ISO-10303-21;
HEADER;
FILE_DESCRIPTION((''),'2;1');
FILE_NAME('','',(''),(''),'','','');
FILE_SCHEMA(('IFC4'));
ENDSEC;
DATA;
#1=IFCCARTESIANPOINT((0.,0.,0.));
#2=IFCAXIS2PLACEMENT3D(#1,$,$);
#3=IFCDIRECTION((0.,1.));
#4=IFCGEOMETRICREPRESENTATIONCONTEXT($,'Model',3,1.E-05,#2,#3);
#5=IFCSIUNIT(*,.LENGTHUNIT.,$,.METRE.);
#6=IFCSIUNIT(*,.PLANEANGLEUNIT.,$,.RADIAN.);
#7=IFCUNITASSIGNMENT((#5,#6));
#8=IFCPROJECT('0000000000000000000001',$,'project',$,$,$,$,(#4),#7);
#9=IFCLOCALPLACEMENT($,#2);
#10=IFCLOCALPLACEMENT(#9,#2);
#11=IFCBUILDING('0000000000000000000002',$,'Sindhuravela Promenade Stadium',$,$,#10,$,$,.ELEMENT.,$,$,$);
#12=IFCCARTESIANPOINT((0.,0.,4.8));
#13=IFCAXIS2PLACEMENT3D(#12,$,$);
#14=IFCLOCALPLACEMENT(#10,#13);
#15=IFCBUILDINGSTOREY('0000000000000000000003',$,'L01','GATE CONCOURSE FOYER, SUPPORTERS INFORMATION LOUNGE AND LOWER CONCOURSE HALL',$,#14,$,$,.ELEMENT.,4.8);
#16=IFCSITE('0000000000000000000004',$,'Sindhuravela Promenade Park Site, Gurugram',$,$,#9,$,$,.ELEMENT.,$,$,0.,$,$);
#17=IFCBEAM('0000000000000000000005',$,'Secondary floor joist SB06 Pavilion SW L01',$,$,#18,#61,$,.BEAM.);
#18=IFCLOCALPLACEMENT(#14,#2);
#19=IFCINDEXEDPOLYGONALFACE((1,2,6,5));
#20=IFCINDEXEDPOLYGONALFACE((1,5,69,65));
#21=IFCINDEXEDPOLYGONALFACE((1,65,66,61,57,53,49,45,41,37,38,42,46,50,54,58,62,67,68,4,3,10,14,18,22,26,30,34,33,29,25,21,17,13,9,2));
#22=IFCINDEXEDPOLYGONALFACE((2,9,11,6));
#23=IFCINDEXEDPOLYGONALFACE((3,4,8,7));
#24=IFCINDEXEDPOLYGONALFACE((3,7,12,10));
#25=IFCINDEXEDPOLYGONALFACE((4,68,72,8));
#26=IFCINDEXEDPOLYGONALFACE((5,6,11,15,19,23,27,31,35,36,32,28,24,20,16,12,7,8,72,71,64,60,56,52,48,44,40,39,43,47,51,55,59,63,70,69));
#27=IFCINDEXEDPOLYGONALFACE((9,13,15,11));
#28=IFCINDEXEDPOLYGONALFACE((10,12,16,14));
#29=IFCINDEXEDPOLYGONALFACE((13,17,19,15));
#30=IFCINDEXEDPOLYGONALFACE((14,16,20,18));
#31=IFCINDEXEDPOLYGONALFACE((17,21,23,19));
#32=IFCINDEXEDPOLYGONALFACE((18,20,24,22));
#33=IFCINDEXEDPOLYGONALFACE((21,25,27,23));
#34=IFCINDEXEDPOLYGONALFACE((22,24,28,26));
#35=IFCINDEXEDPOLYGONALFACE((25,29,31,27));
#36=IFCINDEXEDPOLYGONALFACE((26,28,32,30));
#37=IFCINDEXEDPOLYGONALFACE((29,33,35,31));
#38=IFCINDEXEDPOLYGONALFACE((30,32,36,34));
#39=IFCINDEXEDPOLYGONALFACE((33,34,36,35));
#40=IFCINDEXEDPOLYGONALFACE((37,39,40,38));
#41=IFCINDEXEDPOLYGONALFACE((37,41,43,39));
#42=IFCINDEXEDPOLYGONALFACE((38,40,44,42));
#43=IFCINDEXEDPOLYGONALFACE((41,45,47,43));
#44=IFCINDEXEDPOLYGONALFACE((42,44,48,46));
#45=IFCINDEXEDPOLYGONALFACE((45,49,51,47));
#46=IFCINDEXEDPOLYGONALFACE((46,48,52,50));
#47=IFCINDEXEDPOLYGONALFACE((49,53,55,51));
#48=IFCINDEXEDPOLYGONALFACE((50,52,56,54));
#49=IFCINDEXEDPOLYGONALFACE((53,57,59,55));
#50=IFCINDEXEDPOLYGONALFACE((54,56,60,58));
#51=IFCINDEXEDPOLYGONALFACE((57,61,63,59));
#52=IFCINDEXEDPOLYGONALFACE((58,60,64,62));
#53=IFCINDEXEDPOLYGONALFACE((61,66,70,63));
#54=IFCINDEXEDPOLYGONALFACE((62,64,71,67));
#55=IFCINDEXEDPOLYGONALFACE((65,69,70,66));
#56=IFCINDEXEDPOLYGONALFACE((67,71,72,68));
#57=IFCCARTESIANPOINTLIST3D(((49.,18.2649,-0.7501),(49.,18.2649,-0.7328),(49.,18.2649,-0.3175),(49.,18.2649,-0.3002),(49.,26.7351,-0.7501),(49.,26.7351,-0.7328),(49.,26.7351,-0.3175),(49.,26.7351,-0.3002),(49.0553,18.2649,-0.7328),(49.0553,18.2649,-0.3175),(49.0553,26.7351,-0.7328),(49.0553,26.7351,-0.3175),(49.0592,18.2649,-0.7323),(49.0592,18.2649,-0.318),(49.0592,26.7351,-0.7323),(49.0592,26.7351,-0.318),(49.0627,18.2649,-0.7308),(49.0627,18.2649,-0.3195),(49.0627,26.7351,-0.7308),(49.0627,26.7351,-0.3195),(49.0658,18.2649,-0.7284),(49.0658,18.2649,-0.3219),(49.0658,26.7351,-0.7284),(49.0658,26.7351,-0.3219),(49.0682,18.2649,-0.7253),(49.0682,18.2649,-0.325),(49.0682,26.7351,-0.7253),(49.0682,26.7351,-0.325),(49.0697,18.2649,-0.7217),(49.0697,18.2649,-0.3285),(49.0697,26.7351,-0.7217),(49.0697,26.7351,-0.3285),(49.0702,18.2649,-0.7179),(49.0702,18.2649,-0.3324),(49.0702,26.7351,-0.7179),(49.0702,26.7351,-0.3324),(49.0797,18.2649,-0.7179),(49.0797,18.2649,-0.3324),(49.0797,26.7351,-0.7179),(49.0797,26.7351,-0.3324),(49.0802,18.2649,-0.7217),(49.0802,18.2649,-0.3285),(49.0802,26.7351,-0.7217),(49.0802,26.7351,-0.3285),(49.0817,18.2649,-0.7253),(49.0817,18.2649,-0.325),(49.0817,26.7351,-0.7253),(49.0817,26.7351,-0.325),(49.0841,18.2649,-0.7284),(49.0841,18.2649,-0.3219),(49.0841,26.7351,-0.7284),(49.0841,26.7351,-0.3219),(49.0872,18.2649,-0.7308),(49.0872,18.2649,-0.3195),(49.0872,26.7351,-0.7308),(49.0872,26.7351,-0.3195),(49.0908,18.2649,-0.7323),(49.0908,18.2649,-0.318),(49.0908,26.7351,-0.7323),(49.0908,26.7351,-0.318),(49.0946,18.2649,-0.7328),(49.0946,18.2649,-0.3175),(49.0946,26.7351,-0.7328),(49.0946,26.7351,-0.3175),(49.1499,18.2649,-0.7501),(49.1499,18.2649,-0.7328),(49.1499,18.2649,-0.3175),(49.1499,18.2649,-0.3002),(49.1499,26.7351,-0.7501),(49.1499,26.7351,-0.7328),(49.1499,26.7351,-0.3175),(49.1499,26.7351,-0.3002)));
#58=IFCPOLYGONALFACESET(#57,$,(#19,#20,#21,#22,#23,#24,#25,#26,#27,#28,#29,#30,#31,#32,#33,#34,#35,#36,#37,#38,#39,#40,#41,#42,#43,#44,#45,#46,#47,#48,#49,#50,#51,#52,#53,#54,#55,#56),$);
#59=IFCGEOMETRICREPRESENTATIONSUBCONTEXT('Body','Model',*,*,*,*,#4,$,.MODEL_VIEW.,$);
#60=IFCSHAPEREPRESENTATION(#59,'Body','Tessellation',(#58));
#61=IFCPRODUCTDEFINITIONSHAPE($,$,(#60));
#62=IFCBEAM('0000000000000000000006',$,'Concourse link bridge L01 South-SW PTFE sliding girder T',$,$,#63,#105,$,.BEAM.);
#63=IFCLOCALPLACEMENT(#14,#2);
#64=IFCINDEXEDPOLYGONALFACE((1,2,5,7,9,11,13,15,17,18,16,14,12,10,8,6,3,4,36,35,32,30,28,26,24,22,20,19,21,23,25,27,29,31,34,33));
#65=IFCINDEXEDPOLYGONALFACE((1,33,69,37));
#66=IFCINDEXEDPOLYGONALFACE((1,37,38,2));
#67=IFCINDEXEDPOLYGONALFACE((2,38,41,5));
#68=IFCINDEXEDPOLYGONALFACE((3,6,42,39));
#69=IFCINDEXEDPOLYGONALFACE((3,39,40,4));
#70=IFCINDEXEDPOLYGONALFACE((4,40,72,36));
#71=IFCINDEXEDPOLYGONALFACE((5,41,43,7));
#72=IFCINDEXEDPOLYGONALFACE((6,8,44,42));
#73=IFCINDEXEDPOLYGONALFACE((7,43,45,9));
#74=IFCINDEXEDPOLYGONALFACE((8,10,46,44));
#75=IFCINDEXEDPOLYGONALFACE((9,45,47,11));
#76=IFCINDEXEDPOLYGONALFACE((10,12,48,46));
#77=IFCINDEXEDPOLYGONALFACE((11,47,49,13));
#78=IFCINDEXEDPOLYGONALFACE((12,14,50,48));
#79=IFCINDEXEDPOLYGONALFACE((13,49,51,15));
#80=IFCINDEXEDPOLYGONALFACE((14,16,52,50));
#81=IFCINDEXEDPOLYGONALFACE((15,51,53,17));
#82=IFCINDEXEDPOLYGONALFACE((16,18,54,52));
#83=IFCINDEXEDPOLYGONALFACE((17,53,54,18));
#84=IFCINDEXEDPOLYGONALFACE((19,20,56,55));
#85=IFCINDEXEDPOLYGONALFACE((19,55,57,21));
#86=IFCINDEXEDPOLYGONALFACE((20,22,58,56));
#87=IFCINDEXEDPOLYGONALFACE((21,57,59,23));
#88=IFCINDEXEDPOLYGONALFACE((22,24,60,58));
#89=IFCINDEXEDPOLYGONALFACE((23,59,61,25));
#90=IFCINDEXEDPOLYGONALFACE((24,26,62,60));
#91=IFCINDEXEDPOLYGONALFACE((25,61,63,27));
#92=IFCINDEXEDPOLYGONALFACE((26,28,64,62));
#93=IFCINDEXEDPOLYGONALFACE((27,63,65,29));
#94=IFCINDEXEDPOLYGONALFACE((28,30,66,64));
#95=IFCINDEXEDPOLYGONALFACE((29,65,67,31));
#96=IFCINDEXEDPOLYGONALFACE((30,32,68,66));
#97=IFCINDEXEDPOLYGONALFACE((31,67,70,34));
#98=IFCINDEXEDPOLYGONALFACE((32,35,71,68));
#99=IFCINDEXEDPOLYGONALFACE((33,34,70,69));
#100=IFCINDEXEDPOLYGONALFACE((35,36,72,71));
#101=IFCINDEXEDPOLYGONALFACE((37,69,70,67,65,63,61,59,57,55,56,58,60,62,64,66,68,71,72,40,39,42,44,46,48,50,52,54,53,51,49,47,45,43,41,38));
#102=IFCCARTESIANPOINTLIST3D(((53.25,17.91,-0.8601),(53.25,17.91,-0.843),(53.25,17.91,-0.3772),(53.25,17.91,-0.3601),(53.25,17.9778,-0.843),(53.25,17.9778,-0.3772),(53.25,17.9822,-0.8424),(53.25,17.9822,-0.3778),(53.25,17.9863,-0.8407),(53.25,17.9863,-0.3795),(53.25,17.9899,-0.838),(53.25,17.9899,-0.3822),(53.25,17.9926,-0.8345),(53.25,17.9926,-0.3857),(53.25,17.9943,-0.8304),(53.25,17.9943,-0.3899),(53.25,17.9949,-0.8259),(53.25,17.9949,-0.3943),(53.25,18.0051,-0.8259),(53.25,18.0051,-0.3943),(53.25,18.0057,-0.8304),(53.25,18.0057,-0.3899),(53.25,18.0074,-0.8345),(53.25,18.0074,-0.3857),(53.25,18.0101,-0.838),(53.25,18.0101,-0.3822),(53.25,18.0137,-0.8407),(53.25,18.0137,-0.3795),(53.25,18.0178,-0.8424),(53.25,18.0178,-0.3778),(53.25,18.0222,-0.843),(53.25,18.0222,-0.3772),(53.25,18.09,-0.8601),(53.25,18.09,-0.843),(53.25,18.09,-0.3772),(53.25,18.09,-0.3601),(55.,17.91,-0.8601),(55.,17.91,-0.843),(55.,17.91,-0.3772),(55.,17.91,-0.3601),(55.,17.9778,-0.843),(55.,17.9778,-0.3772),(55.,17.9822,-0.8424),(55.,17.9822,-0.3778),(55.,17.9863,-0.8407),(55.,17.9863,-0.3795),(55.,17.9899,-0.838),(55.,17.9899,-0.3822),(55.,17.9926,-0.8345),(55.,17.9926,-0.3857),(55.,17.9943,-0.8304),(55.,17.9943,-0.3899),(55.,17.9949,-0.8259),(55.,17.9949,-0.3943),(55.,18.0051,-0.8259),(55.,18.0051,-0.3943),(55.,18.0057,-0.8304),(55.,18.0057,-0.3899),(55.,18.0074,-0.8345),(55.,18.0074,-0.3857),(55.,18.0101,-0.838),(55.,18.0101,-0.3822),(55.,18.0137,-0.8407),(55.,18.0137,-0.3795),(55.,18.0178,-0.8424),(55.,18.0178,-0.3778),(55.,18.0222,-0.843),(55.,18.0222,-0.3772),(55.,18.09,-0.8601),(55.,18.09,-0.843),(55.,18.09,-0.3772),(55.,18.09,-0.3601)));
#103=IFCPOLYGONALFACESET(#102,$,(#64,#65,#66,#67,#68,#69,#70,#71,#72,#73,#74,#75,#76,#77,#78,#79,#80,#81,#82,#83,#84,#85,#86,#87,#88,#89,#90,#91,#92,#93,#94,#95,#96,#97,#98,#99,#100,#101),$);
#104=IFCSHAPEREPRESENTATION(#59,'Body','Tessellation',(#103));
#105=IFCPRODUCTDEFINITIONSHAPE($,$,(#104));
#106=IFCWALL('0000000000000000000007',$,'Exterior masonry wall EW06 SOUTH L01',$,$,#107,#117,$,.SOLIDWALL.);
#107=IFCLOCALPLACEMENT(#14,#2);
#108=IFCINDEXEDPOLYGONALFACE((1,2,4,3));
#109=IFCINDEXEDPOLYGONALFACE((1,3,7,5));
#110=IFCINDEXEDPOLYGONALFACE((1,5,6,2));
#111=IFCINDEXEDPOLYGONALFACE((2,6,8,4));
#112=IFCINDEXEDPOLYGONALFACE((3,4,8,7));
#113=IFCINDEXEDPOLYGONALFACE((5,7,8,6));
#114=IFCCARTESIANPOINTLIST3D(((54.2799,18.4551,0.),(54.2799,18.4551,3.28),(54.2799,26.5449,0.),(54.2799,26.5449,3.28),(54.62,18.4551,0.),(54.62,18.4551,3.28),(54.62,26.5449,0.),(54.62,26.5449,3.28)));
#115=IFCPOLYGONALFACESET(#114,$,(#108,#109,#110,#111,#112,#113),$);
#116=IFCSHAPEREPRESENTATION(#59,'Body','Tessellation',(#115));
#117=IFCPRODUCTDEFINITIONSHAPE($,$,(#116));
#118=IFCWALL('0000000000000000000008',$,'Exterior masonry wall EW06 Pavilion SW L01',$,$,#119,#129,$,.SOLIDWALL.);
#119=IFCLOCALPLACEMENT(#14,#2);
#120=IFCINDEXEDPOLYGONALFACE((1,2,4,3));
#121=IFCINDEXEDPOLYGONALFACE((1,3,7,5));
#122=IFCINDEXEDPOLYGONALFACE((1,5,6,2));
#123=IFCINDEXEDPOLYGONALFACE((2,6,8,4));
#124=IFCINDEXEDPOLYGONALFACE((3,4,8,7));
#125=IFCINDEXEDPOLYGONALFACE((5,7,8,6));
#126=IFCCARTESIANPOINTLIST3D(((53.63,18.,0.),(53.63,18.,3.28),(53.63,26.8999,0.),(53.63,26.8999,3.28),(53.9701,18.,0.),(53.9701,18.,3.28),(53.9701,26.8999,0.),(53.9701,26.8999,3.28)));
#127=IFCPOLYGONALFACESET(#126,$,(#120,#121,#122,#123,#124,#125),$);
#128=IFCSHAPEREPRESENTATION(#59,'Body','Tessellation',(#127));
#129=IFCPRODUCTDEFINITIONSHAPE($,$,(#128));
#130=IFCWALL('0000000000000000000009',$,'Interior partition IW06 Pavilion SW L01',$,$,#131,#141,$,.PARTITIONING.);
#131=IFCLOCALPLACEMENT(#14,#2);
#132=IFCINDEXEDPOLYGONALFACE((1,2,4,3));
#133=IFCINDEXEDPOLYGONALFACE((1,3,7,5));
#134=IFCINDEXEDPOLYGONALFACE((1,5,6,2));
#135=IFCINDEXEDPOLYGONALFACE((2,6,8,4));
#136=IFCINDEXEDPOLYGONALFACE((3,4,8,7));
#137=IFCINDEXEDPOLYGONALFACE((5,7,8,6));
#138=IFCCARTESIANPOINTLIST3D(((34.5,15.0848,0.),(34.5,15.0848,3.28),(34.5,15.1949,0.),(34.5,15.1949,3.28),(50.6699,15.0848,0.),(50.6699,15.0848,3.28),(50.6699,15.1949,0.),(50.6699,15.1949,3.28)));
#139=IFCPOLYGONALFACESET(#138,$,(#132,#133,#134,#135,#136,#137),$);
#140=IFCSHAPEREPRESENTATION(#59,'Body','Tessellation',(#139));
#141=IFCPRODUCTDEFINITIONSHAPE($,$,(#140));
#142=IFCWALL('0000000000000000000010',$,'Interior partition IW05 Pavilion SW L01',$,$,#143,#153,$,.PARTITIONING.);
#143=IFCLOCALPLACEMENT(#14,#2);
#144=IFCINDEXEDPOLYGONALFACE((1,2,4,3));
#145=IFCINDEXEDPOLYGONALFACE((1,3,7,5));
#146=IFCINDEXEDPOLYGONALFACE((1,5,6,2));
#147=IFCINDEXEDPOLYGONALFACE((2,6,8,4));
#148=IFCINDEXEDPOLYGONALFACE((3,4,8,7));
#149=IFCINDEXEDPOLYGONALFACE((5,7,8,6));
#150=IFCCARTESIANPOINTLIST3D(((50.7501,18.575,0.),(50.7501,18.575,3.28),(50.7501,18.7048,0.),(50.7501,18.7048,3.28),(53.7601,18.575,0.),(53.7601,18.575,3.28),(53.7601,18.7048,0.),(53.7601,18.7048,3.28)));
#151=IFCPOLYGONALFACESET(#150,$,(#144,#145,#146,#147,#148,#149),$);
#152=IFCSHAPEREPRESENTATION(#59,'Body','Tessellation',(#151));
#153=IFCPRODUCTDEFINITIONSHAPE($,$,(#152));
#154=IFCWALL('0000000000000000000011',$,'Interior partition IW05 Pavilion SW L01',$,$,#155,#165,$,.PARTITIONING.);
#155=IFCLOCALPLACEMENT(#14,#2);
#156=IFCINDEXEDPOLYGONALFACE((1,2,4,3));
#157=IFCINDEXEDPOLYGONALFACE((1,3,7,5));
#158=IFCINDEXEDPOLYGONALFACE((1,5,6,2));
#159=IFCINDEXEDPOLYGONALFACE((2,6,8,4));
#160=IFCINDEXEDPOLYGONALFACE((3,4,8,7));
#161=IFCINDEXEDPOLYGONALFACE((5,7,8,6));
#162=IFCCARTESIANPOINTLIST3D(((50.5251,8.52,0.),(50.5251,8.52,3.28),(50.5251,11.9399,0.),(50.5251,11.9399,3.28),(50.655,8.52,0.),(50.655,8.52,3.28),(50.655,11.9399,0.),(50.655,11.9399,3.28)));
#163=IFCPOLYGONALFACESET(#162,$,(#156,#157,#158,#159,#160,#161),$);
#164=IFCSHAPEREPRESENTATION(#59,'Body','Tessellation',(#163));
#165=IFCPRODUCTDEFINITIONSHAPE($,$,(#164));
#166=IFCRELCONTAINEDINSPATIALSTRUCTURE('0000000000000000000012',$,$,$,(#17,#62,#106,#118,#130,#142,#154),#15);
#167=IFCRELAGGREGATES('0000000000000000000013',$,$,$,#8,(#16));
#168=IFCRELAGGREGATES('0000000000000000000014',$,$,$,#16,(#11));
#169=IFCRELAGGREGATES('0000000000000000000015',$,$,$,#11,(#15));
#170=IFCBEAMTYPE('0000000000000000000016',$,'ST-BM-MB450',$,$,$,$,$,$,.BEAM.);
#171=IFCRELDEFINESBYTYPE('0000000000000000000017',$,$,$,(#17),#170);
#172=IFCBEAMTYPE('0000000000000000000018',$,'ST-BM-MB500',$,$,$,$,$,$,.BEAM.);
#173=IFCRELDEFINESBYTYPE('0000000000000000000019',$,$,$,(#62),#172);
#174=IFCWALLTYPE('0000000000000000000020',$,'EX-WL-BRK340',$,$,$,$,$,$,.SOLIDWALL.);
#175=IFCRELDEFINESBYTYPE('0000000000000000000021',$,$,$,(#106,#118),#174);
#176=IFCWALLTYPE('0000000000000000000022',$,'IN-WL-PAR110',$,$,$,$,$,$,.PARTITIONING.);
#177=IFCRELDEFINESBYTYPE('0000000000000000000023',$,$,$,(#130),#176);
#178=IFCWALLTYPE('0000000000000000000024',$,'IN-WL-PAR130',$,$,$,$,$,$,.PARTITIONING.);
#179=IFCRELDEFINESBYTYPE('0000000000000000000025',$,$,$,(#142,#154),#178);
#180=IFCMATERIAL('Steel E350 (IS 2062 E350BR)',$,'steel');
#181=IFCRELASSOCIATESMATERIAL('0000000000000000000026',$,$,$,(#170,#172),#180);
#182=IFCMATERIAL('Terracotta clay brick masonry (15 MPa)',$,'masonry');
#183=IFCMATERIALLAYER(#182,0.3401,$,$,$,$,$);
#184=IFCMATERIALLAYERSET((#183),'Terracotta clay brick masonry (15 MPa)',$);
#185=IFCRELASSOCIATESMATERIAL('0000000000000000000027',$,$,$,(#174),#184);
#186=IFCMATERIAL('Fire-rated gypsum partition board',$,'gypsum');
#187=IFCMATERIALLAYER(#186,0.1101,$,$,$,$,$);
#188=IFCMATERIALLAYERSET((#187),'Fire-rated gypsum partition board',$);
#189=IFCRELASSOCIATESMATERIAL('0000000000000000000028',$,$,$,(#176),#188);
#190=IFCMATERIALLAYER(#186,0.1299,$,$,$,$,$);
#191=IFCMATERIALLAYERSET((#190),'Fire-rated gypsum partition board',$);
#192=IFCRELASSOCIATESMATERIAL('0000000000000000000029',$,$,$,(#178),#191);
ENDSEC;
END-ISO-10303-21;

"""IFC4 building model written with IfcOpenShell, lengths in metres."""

from ifc_helpers import new_model, si_unit, direction, frame, frame_2d, origin, origin_2d, place, context, subcontext, project, spatial, rectangle, i_section, extrude, material, layer, layer_set, material_profile, profile_set, type_object, element, save


model = new_model("IFC4")

# Units and contexts
model_context = context("Model", 3, precision=1e-05, world=origin(), true_north=direction((0.0, 1.0)))
body_context = subcontext(model_context, "Body", "Model", "MODEL_VIEW")
ifc_project = project(units=[si_unit("LENGTHUNIT", "METRE"), si_unit("PLANEANGLEUNIT", "RADIAN")], contexts=[model_context])

# Site, building, storey
site_placement = place(None, origin())
site = spatial("IfcSite", under=ifc_project, at=site_placement, Name="Sindhuravela Promenade Park Site, Gurugram", CompositionType="ELEMENT", RefElevation=0.0)
building_placement = place(site_placement, origin())
building = spatial("IfcBuilding", under=site, at=building_placement, Name="Sindhuravela Promenade Stadium", CompositionType="ELEMENT")
storey_placement = place(building_placement, frame((0.0, 0.0, 4.8)))
storey = spatial("IfcBuildingStorey", under=building, at=storey_placement, Name="L01", Description="GATE CONCOURSE FOYER, SUPPORTERS INFORMATION LOUNGE AND LOWER CONCOURSE HALL", CompositionType="ELEMENT", Elevation=4.8)

# Beams
ifc_material_1 = material(Name="Steel E350 (IS 2062 E350BR)", Category="steel")
ifc_material_profile_1 = material_profile(ifc_material_1, i_section(OverallWidth=0.1499, OverallDepth=0.45, WebThickness=0.0095, FlangeThickness=0.0173, FilletRadius=0.0149, at=origin_2d()), Name="ISMB 450")
ifc_profile_set_1 = profile_set([ifc_material_profile_1], Name="Steel E350 (IS 2062 E350BR)")
beam_type_1 = type_object("IfcBeamType", Name="ST-BM-MB450", PredefinedType="BEAM", material=ifc_profile_set_1)
beam_1_placement = place(storey_placement, frame((49.075, 18.2649, -0.5251), z_axis=(0.0, 1.0, 0.0), x_axis=(-1.0, 0.0, 0.0)))
element("IfcBeam", 1, at=beam_1_placement, inside=storey, type_object=beam_type_1, Name="Secondary floor joist SB06 Pavilion SW L01", PredefinedType="BEAM", context=body_context, shape_type="SweptSolid", body=[
    extrude(i_section(OverallWidth=0.1499, OverallDepth=0.45, WebThickness=0.0095, FlangeThickness=0.0173, FilletRadius=0.0149, at=origin_2d()), origin(), (0.0, 0.0, 1.0), 8.4702),
])
ifc_material_profile_2 = material_profile(ifc_material_1, i_section(OverallWidth=0.1799, OverallDepth=0.5, WebThickness=0.0103, FlangeThickness=0.0171, FilletRadius=0.0171, at=origin_2d()), Name="ISMB 500")
ifc_profile_set_2 = profile_set([ifc_material_profile_2], Name="Steel E350 (IS 2062 E350BR)")
beam_type_2 = type_object("IfcBeamType", Name="ST-BM-MB500", PredefinedType="BEAM", material=ifc_profile_set_2)
beam_2_placement = place(storey_placement, frame((53.25, 18.0, -0.6101), z_axis=(1.0, 0.0, 0.0), x_axis=(0.0, 1.0, 0.0)))
element("IfcBeam", 2, at=beam_2_placement, inside=storey, type_object=beam_type_2, Name="Concourse link bridge L01 South-SW PTFE sliding girder T", PredefinedType="BEAM", context=body_context, shape_type="SweptSolid", body=[
    extrude(i_section(OverallWidth=0.1799, OverallDepth=0.5, WebThickness=0.0103, FlangeThickness=0.0171, FilletRadius=0.0171, at=origin_2d()), origin(), (0.0, 0.0, 1.0), 1.75),
])

# Walls
ifc_material_2 = material(Name="Terracotta clay brick masonry (15 MPa)", Category="masonry")
ifc_layer_1 = layer(ifc_material_2, 0.3401)
ifc_layer_set_1 = layer_set([ifc_layer_1], Name="Terracotta clay brick masonry (15 MPa)")
wall_type_1 = type_object("IfcWallType", Name="EX-WL-BRK340", PredefinedType="SOLIDWALL", material=ifc_layer_set_1)
wall_1_placement = place(storey_placement, frame((54.45, 18.4551, 0.0), z_axis=(0.0, 0.0, 1.0), x_axis=(0.0, 1.0, 0.0)))
element("IfcWall", 3, at=wall_1_placement, inside=storey, type_object=wall_type_1, Name="Exterior masonry wall EW06 SOUTH L01", PredefinedType="SOLIDWALL", context=body_context, shape_type="SweptSolid", body=[
    extrude(rectangle(XDim=8.0898, YDim=0.3401, at=frame_2d((4.0449, 0.0))), origin(), (0.0, 0.0, 1.0), 3.28),
])
wall_2_placement = place(storey_placement, frame((53.8, 26.8999, 0.0), z_axis=(0.0, 0.0, 1.0), x_axis=(0.0, -1.0, 0.0)))
element("IfcWall", 4, at=wall_2_placement, inside=storey, type_object=wall_type_1, Name="Exterior masonry wall EW06 Pavilion SW L01", PredefinedType="SOLIDWALL", context=body_context, shape_type="SweptSolid", body=[
    extrude(rectangle(XDim=8.8999, YDim=0.3401, at=frame_2d((4.45, 0.0))), origin(), (0.0, 0.0, 1.0), 3.28),
])
ifc_material_3 = material(Name="Fire-rated gypsum partition board", Category="gypsum")
ifc_layer_2 = layer(ifc_material_3, 0.1101)
ifc_layer_set_2 = layer_set([ifc_layer_2], Name="Fire-rated gypsum partition board")
wall_type_2 = type_object("IfcWallType", Name="IN-WL-PAR110", PredefinedType="PARTITIONING", material=ifc_layer_set_2)
wall_3_placement = place(storey_placement, frame((50.6699, 15.1399, 0.0), z_axis=(0.0, 0.0, 1.0), x_axis=(-1.0, 0.0, 0.0)))
element("IfcWall", 5, at=wall_3_placement, inside=storey, type_object=wall_type_2, Name="Interior partition IW06 Pavilion SW L01", PredefinedType="PARTITIONING", context=body_context, shape_type="SweptSolid", body=[
    extrude(rectangle(XDim=16.1699, YDim=0.1101, at=frame_2d((8.085, 0.0))), origin(), (0.0, 0.0, 1.0), 3.28),
])
ifc_layer_3 = layer(ifc_material_3, 0.1299)
ifc_layer_set_3 = layer_set([ifc_layer_3], Name="Fire-rated gypsum partition board")
wall_type_3 = type_object("IfcWallType", Name="IN-WL-PAR130", PredefinedType="PARTITIONING", material=ifc_layer_set_3)
wall_4_placement = place(storey_placement, frame((53.76, 18.6399, 0.0), z_axis=(0.0, 0.0, 1.0), x_axis=(-1.0, 0.0, 0.0)))
element("IfcWall", 6, at=wall_4_placement, inside=storey, type_object=wall_type_3, Name="Interior partition IW05 Pavilion SW L01", PredefinedType="PARTITIONING", context=body_context, shape_type="SweptSolid", body=[
    extrude(rectangle(XDim=3.01, YDim=0.1299, at=frame_2d((1.5049, 0.0))), origin(), (0.0, 0.0, 1.0), 3.28),
])
wall_5_placement = place(storey_placement, frame((50.5901, 11.9399, 0.0), z_axis=(0.0, 0.0, 1.0), x_axis=(0.0, -1.0, 0.0)))
element("IfcWall", 7, at=wall_5_placement, inside=storey, type_object=wall_type_3, Name="Interior partition IW05 Pavilion SW L01", PredefinedType="PARTITIONING", context=body_context, shape_type="SweptSolid", body=[
    extrude(rectangle(XDim=3.4199, YDim=0.1299, at=frame_2d((1.71, 0.0))), origin(), (0.0, 0.0, 1.0), 3.28),
])

save(model, "model.ifc")
